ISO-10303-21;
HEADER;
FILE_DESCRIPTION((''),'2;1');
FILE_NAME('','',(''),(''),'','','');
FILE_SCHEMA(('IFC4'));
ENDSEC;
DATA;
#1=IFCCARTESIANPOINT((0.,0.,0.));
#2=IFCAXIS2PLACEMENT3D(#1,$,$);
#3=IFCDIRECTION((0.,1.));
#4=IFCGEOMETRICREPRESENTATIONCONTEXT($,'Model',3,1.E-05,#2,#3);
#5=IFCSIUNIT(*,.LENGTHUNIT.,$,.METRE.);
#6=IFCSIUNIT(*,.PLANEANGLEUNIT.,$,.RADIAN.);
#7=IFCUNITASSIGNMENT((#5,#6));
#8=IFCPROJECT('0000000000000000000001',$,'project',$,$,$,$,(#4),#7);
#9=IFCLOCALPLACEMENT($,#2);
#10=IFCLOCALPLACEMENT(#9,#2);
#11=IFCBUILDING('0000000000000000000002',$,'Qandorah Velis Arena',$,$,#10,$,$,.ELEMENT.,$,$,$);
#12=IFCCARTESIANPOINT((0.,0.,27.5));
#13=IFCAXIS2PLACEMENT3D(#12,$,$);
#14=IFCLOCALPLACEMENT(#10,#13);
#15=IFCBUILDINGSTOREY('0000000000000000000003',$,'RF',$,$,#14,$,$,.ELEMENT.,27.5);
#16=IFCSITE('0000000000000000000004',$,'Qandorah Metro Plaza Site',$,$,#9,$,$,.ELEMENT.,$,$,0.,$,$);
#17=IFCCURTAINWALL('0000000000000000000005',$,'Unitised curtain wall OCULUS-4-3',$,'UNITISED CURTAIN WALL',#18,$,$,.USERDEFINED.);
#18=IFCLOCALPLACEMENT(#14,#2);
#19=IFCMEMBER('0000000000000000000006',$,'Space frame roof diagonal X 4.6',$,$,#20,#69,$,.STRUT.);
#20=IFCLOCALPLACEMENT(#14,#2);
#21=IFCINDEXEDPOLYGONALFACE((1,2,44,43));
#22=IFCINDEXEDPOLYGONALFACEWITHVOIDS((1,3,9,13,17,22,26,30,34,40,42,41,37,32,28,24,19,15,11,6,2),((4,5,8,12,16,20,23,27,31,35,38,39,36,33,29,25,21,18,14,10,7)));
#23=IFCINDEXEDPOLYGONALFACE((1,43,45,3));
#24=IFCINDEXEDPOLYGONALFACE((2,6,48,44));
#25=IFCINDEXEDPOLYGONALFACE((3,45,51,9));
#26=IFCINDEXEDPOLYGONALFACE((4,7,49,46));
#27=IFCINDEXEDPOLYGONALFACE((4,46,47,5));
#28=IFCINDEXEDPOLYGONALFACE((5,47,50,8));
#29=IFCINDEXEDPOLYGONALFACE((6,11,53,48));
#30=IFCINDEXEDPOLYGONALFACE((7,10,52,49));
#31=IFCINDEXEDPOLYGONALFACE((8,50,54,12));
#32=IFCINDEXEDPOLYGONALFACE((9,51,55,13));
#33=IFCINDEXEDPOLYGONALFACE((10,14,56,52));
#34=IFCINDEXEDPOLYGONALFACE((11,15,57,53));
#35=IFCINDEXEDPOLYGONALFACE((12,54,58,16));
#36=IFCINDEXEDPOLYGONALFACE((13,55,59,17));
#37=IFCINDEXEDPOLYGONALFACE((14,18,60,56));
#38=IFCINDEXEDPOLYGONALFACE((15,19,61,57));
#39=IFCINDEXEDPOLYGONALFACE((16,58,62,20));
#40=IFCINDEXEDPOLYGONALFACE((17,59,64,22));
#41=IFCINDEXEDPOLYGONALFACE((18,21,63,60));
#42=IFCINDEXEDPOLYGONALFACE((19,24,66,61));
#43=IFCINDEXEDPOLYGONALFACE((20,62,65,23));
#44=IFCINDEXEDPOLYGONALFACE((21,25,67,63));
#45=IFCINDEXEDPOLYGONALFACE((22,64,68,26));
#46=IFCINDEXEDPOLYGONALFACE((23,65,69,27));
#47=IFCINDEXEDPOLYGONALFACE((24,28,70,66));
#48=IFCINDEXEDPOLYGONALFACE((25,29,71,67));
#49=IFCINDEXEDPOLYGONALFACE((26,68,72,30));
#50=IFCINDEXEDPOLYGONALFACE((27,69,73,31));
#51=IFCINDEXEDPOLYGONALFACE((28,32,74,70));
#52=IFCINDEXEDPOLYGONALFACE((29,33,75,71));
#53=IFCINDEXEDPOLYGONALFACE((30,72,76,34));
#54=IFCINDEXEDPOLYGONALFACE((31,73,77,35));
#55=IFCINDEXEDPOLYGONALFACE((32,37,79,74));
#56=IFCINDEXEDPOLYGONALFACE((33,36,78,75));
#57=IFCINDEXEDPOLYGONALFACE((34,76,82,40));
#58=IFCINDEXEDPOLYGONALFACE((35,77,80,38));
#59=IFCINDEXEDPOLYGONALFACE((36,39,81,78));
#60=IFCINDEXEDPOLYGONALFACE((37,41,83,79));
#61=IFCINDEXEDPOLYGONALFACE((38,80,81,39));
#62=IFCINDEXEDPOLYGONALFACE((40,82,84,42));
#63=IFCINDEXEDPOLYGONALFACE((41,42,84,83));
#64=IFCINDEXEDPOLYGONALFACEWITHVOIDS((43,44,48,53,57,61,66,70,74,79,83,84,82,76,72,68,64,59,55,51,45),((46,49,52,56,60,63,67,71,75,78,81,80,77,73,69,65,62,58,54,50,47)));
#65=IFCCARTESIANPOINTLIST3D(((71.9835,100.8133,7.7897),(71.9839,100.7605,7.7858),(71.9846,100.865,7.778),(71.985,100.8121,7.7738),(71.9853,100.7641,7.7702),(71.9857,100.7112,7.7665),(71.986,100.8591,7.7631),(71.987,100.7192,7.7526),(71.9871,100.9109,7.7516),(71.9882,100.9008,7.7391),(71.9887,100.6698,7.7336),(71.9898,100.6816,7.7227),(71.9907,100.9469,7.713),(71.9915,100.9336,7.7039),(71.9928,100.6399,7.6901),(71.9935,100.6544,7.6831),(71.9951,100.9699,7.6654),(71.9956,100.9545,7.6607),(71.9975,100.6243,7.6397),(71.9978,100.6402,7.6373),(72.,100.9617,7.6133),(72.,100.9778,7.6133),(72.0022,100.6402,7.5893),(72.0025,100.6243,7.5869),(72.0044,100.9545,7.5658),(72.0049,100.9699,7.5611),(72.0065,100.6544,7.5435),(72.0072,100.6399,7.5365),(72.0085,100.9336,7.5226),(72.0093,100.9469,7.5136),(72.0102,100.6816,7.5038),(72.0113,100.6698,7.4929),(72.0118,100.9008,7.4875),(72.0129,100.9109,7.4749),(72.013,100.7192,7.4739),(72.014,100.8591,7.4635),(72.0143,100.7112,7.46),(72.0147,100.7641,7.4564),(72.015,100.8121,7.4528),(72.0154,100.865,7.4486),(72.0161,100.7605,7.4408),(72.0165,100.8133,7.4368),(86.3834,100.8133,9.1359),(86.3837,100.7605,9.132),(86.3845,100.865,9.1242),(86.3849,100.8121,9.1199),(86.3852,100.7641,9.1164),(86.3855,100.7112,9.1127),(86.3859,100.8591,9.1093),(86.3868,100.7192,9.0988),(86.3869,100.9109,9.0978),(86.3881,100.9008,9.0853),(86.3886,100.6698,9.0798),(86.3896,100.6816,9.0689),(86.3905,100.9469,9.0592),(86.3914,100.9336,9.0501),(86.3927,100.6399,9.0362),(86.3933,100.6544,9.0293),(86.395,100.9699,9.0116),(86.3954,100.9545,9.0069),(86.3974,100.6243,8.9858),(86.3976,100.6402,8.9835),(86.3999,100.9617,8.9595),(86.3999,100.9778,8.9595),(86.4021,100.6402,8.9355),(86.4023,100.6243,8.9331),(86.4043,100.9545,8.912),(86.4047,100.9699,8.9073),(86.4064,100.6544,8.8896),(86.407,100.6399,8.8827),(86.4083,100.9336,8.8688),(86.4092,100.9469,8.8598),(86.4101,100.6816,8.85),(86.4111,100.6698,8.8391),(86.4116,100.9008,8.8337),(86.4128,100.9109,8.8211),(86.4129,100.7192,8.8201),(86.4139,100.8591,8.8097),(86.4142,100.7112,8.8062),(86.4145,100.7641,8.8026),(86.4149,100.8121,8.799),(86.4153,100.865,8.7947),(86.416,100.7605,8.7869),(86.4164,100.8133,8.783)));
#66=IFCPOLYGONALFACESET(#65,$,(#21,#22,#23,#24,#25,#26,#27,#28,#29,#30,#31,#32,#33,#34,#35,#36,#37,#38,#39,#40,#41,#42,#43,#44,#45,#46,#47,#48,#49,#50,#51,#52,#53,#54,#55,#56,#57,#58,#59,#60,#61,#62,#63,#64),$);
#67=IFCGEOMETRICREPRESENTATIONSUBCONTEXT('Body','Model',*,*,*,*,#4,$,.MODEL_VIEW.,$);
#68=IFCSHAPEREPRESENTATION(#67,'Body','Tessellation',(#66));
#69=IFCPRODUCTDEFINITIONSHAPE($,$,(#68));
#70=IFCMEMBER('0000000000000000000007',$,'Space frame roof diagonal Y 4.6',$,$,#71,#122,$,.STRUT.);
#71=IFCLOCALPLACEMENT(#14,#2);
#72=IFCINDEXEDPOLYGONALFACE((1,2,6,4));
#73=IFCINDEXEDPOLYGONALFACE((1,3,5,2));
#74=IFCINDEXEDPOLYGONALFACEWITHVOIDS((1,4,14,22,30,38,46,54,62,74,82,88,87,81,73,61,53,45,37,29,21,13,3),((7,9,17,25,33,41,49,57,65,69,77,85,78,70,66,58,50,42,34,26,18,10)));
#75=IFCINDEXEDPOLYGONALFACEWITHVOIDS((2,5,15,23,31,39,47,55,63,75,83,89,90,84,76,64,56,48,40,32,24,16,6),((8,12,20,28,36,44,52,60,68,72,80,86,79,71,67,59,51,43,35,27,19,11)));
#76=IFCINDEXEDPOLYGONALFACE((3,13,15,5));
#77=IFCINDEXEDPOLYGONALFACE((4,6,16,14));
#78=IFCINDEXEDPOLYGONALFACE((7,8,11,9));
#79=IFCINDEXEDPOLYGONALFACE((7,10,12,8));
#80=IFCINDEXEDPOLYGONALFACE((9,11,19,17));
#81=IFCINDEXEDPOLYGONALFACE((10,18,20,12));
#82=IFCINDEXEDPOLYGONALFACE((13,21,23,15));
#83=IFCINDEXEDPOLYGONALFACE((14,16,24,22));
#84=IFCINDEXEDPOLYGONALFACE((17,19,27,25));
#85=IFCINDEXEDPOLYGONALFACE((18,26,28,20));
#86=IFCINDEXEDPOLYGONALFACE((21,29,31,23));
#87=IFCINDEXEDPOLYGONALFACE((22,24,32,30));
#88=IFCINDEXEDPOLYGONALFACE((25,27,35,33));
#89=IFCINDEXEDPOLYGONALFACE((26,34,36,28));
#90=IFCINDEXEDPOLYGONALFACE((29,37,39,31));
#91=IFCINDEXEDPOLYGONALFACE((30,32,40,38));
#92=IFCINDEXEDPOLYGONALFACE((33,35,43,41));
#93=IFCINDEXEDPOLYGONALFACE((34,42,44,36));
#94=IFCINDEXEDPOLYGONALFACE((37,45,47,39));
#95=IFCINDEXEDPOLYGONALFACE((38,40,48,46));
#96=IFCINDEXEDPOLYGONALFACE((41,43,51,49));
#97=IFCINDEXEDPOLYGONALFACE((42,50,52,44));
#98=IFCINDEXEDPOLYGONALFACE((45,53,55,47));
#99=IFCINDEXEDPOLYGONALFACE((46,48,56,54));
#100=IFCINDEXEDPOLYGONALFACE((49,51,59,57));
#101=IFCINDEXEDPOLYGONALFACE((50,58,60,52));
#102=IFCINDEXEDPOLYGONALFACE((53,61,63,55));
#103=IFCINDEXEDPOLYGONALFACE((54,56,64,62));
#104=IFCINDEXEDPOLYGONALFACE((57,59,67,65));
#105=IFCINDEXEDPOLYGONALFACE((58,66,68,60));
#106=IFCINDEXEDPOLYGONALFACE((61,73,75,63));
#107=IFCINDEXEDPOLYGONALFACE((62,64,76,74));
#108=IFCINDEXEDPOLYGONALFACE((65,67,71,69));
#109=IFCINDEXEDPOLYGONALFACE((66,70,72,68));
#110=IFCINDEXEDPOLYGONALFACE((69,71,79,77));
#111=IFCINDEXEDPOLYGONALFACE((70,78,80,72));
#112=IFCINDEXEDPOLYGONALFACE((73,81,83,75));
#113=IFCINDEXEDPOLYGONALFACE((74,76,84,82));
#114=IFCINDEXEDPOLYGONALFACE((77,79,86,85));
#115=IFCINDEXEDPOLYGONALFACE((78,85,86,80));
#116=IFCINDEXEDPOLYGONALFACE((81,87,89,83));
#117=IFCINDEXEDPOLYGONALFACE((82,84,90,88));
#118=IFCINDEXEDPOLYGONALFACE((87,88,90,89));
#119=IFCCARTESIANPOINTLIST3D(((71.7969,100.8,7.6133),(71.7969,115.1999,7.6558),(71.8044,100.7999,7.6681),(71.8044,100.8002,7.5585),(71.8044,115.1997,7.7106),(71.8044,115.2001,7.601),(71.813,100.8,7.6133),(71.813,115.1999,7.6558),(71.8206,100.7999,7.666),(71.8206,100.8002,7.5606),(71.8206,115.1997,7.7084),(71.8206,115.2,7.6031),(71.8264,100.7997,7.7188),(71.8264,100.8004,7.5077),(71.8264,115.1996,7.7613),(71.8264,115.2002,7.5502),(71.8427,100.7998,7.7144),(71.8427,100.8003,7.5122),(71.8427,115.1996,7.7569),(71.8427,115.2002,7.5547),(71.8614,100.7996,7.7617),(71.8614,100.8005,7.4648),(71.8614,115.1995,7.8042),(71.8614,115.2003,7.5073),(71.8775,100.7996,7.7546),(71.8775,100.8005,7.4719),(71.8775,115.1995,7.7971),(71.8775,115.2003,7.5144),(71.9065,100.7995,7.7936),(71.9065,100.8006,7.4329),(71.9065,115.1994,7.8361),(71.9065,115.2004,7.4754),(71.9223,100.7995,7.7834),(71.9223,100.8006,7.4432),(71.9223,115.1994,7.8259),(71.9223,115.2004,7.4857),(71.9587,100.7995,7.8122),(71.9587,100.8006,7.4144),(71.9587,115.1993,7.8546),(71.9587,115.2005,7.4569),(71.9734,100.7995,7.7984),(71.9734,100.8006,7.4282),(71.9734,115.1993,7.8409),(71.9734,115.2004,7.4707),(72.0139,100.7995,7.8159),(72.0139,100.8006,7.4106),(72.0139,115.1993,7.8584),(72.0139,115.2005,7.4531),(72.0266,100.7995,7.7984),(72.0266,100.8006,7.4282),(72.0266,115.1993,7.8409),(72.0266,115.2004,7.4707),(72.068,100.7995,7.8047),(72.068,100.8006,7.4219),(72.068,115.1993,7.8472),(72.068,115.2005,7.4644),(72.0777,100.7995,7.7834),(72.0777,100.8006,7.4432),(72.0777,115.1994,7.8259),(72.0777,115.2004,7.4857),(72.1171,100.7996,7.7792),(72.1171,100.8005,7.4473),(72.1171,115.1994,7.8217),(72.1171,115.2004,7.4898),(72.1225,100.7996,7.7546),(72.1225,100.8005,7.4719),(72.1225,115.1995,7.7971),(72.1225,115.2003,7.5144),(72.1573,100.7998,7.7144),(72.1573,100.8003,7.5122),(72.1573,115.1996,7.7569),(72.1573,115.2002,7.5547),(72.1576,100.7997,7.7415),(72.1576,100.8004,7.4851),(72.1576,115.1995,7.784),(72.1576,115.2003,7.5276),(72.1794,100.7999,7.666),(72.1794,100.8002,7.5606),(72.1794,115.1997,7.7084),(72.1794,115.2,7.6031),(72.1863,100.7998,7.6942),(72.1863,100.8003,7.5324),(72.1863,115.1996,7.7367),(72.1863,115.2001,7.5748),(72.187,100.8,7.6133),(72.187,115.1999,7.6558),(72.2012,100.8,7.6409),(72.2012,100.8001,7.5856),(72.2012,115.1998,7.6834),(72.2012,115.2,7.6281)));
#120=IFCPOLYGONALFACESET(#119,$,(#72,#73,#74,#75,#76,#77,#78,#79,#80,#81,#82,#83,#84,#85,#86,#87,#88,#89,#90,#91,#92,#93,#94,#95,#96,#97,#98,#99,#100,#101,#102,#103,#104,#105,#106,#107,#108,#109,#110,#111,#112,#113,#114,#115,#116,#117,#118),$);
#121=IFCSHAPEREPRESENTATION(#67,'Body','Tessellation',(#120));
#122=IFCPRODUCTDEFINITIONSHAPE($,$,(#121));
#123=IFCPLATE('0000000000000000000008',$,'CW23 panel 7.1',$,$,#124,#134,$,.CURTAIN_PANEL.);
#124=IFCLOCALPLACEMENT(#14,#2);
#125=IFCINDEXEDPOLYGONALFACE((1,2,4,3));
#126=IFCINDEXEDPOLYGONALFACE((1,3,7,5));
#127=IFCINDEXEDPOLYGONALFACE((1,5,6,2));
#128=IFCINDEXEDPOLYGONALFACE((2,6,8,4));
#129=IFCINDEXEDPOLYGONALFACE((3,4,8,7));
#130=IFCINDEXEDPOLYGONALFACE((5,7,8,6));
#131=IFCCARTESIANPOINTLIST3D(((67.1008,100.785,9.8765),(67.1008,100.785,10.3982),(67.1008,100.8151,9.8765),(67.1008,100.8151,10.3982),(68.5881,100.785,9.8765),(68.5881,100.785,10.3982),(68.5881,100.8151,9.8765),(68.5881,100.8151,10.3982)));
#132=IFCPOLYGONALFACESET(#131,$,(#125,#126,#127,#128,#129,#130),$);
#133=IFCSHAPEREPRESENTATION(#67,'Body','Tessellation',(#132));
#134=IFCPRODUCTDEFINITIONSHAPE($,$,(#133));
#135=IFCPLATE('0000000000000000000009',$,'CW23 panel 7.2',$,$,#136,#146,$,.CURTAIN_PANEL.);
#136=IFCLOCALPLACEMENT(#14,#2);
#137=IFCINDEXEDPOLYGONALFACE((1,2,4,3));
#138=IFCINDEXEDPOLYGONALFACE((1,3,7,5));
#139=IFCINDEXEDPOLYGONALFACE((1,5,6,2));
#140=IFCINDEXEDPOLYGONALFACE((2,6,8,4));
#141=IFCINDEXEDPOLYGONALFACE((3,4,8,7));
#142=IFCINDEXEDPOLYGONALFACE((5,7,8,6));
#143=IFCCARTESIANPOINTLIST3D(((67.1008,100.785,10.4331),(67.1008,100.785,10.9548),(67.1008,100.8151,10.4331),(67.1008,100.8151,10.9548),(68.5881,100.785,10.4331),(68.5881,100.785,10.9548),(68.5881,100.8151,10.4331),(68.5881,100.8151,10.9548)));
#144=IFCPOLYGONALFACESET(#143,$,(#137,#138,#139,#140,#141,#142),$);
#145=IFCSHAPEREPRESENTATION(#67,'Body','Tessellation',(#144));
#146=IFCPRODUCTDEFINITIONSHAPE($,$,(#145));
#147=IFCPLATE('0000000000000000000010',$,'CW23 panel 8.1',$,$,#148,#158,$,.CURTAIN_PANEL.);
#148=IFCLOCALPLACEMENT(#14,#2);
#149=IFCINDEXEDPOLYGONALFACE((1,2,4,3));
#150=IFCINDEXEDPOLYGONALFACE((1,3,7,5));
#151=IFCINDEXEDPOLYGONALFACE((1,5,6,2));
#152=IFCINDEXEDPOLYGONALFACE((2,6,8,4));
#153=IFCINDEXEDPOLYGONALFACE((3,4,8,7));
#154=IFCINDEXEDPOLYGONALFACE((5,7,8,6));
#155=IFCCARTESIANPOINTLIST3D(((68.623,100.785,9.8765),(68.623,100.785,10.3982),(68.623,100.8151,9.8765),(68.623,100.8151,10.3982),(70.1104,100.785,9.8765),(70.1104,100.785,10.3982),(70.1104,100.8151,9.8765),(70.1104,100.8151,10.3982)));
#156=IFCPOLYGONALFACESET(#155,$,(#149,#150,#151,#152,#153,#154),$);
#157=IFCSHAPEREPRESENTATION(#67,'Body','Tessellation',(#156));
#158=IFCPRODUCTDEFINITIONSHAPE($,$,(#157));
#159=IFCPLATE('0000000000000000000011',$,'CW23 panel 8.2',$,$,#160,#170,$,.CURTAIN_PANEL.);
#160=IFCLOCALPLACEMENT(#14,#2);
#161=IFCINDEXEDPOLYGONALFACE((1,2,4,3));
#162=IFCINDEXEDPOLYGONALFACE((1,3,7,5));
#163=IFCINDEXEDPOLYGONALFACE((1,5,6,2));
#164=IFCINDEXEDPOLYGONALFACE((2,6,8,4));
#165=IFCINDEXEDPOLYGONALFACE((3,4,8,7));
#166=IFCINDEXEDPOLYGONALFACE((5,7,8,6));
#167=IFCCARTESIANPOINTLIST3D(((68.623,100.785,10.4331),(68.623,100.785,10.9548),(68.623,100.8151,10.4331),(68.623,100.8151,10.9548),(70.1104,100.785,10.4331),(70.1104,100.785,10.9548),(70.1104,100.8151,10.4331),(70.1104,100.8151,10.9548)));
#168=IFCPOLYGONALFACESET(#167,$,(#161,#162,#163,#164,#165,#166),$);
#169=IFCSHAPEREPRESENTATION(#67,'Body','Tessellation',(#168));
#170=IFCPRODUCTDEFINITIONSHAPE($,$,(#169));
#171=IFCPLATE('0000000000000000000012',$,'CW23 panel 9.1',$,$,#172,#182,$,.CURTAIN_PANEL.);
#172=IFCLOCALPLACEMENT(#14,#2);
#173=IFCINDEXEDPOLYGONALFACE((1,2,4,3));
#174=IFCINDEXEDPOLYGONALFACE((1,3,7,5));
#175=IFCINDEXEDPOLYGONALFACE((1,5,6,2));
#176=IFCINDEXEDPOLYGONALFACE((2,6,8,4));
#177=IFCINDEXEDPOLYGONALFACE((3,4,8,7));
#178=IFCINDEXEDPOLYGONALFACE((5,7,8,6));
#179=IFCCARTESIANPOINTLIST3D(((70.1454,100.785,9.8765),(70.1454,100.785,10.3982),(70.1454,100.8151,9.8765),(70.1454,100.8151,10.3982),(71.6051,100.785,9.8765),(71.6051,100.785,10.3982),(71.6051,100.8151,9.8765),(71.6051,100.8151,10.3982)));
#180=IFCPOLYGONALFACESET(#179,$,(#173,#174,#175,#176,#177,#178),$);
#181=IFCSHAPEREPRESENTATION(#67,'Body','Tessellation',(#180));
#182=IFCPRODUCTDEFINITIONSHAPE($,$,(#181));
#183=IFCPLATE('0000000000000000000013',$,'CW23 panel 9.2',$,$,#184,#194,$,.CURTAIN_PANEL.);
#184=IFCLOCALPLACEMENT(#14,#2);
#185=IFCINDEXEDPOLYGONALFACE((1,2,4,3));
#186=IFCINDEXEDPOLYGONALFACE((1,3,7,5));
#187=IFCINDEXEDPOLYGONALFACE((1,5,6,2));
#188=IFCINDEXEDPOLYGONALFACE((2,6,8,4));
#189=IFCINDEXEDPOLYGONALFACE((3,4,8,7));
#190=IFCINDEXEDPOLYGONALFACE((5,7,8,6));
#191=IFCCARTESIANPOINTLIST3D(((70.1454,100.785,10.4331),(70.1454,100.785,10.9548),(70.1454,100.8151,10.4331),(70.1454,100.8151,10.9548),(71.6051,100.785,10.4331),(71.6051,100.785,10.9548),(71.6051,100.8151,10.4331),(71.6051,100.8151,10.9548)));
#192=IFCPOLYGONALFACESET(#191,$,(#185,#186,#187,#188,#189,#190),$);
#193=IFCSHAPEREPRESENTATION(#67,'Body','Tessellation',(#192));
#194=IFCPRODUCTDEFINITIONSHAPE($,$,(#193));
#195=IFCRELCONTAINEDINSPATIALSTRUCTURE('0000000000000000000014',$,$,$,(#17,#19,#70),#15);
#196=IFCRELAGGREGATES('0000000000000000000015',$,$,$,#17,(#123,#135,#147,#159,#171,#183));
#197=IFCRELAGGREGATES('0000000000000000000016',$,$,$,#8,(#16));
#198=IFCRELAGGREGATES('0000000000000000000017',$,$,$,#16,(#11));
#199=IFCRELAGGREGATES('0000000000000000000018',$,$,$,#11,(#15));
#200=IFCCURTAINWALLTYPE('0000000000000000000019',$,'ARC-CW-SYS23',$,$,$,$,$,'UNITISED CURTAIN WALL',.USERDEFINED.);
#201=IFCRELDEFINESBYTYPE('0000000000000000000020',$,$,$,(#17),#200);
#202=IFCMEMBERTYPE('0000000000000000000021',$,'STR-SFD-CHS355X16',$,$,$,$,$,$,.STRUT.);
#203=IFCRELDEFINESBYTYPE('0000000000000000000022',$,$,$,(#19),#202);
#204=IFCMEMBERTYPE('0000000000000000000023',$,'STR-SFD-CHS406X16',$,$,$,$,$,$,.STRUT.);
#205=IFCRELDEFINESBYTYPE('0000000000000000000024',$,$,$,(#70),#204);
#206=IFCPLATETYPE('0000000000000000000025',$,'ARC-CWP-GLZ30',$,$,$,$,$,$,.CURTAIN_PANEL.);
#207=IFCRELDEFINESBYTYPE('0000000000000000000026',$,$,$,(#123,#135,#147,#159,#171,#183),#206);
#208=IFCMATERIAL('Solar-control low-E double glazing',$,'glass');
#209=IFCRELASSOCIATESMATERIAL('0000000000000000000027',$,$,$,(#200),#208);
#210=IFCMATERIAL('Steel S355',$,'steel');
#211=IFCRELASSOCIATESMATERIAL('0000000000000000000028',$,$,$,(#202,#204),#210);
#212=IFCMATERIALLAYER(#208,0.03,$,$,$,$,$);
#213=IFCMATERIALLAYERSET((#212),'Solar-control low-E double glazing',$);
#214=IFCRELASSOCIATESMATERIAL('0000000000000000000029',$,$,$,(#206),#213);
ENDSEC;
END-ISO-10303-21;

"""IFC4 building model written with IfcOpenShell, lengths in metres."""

from ifc_helpers import new_model, si_unit, direction, frame, origin, origin_2d, place, context, subcontext, project, spatial, rectangle, hollow_circle, extrude, material, layer, layer_set, material_profile, profile_set, type_object, element, aggregate, save


model = new_model("IFC4")

# Units and contexts
model_context = context("Model", 3, precision=1e-05, world=origin(), true_north=direction((0.0, 1.0)))
body_context = subcontext(model_context, "Body", "Model", "MODEL_VIEW")
ifc_project = project(units=[si_unit("LENGTHUNIT", "METRE"), si_unit("PLANEANGLEUNIT", "RADIAN")], contexts=[model_context])

# Site, building, storey
site_placement = place(None, origin())
site = spatial("IfcSite", under=ifc_project, at=site_placement, Name="Qandorah Metro Plaza Site", CompositionType="ELEMENT", RefElevation=0.0)
building_placement = place(site_placement, origin())
building = spatial("IfcBuilding", under=site, at=building_placement, Name="Qandorah Velis Arena", CompositionType="ELEMENT")
storey_placement = place(building_placement, frame((0.0, 0.0, 27.5)))
storey = spatial("IfcBuildingStorey", under=building, at=storey_placement, Name="RF", CompositionType="ELEMENT", Elevation=27.5)

# Curtain wall
ifc_material_1 = material(Name="Solar-control low-E double glazing", Category="glass")
curtain_wall_type_1 = type_object("IfcCurtainWallType", Name="ARC-CW-SYS23", ElementType="UNITISED CURTAIN WALL", PredefinedType="USERDEFINED", material=ifc_material_1)
curtain_wall_1_placement = place(storey_placement, origin())
curtain_wall_1 = element("IfcCurtainWall", 1, at=curtain_wall_1_placement, inside=storey, type_object=curtain_wall_type_1, Name="Unitised curtain wall OCULUS-4-3", ObjectType="UNITISED CURTAIN WALL", PredefinedType="USERDEFINED")

# Shared definitions
ifc_material_2 = material(Name="Steel S355", Category="steel")

# Members
ifc_material_profile_1 = material_profile(ifc_material_2, hollow_circle(Radius=0.1777, WallThickness=0.0161, at=origin_2d()), Name="CHS 355.6x16")
ifc_profile_set_1 = profile_set([ifc_material_profile_1], Name="Steel S355")
member_type_1 = type_object("IfcMemberType", Name="STR-SFD-CHS355X16", PredefinedType="STRUT", material=ifc_profile_set_1)
member_1_placement = place(storey_placement, frame((72.0, 100.8, 7.6133), z_axis=(0.995659, 0.0, 0.09308), x_axis=(0.0, 1.0, 0.0)))
element("IfcMember", 2, at=member_1_placement, inside=storey, type_object=member_type_1, Name="Space frame roof diagonal X 4.6", PredefinedType="STRUT", context=body_context, shape_type="SweptSolid", body=[
    extrude(hollow_circle(Radius=0.1777, WallThickness=0.0161, at=origin_2d()), origin(), (0.0, 0.0, 1.0), 14.4626),
])
ifc_material_profile_2 = material_profile(ifc_material_2, hollow_circle(Radius=0.2031, WallThickness=0.0161, at=origin_2d()), Name="CHS 406.4x16")
ifc_profile_set_2 = profile_set([ifc_material_profile_2], Name="Steel S355")
member_type_2 = type_object("IfcMemberType", Name="STR-SFD-CHS406X16", PredefinedType="STRUT", material=ifc_profile_set_2)
member_2_placement = place(storey_placement, frame((72.0, 100.8, 7.6133), z_axis=(0.0, 0.999996, 0.00295), x_axis=(-1.0, 0.0, 0.0)))
element("IfcMember", 3, at=member_2_placement, inside=storey, type_object=member_type_2, Name="Space frame roof diagonal Y 4.6", PredefinedType="STRUT", context=body_context, shape_type="SweptSolid", body=[
    extrude(hollow_circle(Radius=0.2031, WallThickness=0.0161, at=origin_2d()), origin(), (0.0, 0.0, 1.0), 14.3999),
])

# Plates
ifc_layer_1 = layer(ifc_material_1, 0.03)
ifc_layer_set_1 = layer_set([ifc_layer_1], Name="Solar-control low-E double glazing")
plate_type_1 = type_object("IfcPlateType", Name="ARC-CWP-GLZ30", PredefinedType="CURTAIN_PANEL", material=ifc_layer_set_1)
plate_1_placement = place(storey_placement, frame((67.8445, 100.8, 9.8765), z_axis=(0.0, 0.0, 1.0), x_axis=(1.0, 0.0, 0.0)))
plate_1 = element("IfcPlate", 4, at=plate_1_placement, type_object=plate_type_1, Name="CW23 panel 7.1", PredefinedType="CURTAIN_PANEL", context=body_context, shape_type="SweptSolid", body=[
    extrude(rectangle(XDim=1.4873, YDim=0.03, at=origin_2d()), origin(), (0.0, 0.0, 1.0), 0.5217),
])
plate_2_placement = place(storey_placement, frame((67.8445, 100.8, 10.4331), z_axis=(0.0, 0.0, 1.0), x_axis=(1.0, 0.0, 0.0)))
plate_2 = element("IfcPlate", 5, at=plate_2_placement, type_object=plate_type_1, Name="CW23 panel 7.2", PredefinedType="CURTAIN_PANEL", context=body_context, shape_type="SweptSolid", body=[
    extrude(rectangle(XDim=1.4873, YDim=0.03, at=origin_2d()), origin(), (0.0, 0.0, 1.0), 0.5217),
])
plate_3_placement = place(storey_placement, frame((69.3667, 100.8, 9.8765), z_axis=(0.0, 0.0, 1.0), x_axis=(1.0, 0.0, 0.0)))
plate_3 = element("IfcPlate", 6, at=plate_3_placement, type_object=plate_type_1, Name="CW23 panel 8.1", PredefinedType="CURTAIN_PANEL", context=body_context, shape_type="SweptSolid", body=[
    extrude(rectangle(XDim=1.4873, YDim=0.03, at=origin_2d()), origin(), (0.0, 0.0, 1.0), 0.5217),
])
plate_4_placement = place(storey_placement, frame((69.3667, 100.8, 10.4331), z_axis=(0.0, 0.0, 1.0), x_axis=(1.0, 0.0, 0.0)))
plate_4 = element("IfcPlate", 7, at=plate_4_placement, type_object=plate_type_1, Name="CW23 panel 8.2", PredefinedType="CURTAIN_PANEL", context=body_context, shape_type="SweptSolid", body=[
    extrude(rectangle(XDim=1.4873, YDim=0.03, at=origin_2d()), origin(), (0.0, 0.0, 1.0), 0.5217),
])
plate_5_placement = place(storey_placement, frame((70.8752, 100.8, 9.8765), z_axis=(0.0, 0.0, 1.0), x_axis=(1.0, 0.0, 0.0)))
plate_5 = element("IfcPlate", 8, at=plate_5_placement, type_object=plate_type_1, Name="CW23 panel 9.1", PredefinedType="CURTAIN_PANEL", context=body_context, shape_type="SweptSolid", body=[
    extrude(rectangle(XDim=1.4597, YDim=0.03, at=origin_2d()), origin(), (0.0, 0.0, 1.0), 0.5217),
])
plate_6_placement = place(storey_placement, frame((70.8752, 100.8, 10.4331), z_axis=(0.0, 0.0, 1.0), x_axis=(1.0, 0.0, 0.0)))
plate_6 = element("IfcPlate", 9, at=plate_6_placement, type_object=plate_type_1, Name="CW23 panel 9.2", PredefinedType="CURTAIN_PANEL", context=body_context, shape_type="SweptSolid", body=[
    extrude(rectangle(XDim=1.4597, YDim=0.03, at=origin_2d()), origin(), (0.0, 0.0, 1.0), 0.5217),
])
aggregate(curtain_wall_1, [plate_1, plate_2, plate_3, plate_4, plate_5, plate_6])

save(model, "model.ifc")
